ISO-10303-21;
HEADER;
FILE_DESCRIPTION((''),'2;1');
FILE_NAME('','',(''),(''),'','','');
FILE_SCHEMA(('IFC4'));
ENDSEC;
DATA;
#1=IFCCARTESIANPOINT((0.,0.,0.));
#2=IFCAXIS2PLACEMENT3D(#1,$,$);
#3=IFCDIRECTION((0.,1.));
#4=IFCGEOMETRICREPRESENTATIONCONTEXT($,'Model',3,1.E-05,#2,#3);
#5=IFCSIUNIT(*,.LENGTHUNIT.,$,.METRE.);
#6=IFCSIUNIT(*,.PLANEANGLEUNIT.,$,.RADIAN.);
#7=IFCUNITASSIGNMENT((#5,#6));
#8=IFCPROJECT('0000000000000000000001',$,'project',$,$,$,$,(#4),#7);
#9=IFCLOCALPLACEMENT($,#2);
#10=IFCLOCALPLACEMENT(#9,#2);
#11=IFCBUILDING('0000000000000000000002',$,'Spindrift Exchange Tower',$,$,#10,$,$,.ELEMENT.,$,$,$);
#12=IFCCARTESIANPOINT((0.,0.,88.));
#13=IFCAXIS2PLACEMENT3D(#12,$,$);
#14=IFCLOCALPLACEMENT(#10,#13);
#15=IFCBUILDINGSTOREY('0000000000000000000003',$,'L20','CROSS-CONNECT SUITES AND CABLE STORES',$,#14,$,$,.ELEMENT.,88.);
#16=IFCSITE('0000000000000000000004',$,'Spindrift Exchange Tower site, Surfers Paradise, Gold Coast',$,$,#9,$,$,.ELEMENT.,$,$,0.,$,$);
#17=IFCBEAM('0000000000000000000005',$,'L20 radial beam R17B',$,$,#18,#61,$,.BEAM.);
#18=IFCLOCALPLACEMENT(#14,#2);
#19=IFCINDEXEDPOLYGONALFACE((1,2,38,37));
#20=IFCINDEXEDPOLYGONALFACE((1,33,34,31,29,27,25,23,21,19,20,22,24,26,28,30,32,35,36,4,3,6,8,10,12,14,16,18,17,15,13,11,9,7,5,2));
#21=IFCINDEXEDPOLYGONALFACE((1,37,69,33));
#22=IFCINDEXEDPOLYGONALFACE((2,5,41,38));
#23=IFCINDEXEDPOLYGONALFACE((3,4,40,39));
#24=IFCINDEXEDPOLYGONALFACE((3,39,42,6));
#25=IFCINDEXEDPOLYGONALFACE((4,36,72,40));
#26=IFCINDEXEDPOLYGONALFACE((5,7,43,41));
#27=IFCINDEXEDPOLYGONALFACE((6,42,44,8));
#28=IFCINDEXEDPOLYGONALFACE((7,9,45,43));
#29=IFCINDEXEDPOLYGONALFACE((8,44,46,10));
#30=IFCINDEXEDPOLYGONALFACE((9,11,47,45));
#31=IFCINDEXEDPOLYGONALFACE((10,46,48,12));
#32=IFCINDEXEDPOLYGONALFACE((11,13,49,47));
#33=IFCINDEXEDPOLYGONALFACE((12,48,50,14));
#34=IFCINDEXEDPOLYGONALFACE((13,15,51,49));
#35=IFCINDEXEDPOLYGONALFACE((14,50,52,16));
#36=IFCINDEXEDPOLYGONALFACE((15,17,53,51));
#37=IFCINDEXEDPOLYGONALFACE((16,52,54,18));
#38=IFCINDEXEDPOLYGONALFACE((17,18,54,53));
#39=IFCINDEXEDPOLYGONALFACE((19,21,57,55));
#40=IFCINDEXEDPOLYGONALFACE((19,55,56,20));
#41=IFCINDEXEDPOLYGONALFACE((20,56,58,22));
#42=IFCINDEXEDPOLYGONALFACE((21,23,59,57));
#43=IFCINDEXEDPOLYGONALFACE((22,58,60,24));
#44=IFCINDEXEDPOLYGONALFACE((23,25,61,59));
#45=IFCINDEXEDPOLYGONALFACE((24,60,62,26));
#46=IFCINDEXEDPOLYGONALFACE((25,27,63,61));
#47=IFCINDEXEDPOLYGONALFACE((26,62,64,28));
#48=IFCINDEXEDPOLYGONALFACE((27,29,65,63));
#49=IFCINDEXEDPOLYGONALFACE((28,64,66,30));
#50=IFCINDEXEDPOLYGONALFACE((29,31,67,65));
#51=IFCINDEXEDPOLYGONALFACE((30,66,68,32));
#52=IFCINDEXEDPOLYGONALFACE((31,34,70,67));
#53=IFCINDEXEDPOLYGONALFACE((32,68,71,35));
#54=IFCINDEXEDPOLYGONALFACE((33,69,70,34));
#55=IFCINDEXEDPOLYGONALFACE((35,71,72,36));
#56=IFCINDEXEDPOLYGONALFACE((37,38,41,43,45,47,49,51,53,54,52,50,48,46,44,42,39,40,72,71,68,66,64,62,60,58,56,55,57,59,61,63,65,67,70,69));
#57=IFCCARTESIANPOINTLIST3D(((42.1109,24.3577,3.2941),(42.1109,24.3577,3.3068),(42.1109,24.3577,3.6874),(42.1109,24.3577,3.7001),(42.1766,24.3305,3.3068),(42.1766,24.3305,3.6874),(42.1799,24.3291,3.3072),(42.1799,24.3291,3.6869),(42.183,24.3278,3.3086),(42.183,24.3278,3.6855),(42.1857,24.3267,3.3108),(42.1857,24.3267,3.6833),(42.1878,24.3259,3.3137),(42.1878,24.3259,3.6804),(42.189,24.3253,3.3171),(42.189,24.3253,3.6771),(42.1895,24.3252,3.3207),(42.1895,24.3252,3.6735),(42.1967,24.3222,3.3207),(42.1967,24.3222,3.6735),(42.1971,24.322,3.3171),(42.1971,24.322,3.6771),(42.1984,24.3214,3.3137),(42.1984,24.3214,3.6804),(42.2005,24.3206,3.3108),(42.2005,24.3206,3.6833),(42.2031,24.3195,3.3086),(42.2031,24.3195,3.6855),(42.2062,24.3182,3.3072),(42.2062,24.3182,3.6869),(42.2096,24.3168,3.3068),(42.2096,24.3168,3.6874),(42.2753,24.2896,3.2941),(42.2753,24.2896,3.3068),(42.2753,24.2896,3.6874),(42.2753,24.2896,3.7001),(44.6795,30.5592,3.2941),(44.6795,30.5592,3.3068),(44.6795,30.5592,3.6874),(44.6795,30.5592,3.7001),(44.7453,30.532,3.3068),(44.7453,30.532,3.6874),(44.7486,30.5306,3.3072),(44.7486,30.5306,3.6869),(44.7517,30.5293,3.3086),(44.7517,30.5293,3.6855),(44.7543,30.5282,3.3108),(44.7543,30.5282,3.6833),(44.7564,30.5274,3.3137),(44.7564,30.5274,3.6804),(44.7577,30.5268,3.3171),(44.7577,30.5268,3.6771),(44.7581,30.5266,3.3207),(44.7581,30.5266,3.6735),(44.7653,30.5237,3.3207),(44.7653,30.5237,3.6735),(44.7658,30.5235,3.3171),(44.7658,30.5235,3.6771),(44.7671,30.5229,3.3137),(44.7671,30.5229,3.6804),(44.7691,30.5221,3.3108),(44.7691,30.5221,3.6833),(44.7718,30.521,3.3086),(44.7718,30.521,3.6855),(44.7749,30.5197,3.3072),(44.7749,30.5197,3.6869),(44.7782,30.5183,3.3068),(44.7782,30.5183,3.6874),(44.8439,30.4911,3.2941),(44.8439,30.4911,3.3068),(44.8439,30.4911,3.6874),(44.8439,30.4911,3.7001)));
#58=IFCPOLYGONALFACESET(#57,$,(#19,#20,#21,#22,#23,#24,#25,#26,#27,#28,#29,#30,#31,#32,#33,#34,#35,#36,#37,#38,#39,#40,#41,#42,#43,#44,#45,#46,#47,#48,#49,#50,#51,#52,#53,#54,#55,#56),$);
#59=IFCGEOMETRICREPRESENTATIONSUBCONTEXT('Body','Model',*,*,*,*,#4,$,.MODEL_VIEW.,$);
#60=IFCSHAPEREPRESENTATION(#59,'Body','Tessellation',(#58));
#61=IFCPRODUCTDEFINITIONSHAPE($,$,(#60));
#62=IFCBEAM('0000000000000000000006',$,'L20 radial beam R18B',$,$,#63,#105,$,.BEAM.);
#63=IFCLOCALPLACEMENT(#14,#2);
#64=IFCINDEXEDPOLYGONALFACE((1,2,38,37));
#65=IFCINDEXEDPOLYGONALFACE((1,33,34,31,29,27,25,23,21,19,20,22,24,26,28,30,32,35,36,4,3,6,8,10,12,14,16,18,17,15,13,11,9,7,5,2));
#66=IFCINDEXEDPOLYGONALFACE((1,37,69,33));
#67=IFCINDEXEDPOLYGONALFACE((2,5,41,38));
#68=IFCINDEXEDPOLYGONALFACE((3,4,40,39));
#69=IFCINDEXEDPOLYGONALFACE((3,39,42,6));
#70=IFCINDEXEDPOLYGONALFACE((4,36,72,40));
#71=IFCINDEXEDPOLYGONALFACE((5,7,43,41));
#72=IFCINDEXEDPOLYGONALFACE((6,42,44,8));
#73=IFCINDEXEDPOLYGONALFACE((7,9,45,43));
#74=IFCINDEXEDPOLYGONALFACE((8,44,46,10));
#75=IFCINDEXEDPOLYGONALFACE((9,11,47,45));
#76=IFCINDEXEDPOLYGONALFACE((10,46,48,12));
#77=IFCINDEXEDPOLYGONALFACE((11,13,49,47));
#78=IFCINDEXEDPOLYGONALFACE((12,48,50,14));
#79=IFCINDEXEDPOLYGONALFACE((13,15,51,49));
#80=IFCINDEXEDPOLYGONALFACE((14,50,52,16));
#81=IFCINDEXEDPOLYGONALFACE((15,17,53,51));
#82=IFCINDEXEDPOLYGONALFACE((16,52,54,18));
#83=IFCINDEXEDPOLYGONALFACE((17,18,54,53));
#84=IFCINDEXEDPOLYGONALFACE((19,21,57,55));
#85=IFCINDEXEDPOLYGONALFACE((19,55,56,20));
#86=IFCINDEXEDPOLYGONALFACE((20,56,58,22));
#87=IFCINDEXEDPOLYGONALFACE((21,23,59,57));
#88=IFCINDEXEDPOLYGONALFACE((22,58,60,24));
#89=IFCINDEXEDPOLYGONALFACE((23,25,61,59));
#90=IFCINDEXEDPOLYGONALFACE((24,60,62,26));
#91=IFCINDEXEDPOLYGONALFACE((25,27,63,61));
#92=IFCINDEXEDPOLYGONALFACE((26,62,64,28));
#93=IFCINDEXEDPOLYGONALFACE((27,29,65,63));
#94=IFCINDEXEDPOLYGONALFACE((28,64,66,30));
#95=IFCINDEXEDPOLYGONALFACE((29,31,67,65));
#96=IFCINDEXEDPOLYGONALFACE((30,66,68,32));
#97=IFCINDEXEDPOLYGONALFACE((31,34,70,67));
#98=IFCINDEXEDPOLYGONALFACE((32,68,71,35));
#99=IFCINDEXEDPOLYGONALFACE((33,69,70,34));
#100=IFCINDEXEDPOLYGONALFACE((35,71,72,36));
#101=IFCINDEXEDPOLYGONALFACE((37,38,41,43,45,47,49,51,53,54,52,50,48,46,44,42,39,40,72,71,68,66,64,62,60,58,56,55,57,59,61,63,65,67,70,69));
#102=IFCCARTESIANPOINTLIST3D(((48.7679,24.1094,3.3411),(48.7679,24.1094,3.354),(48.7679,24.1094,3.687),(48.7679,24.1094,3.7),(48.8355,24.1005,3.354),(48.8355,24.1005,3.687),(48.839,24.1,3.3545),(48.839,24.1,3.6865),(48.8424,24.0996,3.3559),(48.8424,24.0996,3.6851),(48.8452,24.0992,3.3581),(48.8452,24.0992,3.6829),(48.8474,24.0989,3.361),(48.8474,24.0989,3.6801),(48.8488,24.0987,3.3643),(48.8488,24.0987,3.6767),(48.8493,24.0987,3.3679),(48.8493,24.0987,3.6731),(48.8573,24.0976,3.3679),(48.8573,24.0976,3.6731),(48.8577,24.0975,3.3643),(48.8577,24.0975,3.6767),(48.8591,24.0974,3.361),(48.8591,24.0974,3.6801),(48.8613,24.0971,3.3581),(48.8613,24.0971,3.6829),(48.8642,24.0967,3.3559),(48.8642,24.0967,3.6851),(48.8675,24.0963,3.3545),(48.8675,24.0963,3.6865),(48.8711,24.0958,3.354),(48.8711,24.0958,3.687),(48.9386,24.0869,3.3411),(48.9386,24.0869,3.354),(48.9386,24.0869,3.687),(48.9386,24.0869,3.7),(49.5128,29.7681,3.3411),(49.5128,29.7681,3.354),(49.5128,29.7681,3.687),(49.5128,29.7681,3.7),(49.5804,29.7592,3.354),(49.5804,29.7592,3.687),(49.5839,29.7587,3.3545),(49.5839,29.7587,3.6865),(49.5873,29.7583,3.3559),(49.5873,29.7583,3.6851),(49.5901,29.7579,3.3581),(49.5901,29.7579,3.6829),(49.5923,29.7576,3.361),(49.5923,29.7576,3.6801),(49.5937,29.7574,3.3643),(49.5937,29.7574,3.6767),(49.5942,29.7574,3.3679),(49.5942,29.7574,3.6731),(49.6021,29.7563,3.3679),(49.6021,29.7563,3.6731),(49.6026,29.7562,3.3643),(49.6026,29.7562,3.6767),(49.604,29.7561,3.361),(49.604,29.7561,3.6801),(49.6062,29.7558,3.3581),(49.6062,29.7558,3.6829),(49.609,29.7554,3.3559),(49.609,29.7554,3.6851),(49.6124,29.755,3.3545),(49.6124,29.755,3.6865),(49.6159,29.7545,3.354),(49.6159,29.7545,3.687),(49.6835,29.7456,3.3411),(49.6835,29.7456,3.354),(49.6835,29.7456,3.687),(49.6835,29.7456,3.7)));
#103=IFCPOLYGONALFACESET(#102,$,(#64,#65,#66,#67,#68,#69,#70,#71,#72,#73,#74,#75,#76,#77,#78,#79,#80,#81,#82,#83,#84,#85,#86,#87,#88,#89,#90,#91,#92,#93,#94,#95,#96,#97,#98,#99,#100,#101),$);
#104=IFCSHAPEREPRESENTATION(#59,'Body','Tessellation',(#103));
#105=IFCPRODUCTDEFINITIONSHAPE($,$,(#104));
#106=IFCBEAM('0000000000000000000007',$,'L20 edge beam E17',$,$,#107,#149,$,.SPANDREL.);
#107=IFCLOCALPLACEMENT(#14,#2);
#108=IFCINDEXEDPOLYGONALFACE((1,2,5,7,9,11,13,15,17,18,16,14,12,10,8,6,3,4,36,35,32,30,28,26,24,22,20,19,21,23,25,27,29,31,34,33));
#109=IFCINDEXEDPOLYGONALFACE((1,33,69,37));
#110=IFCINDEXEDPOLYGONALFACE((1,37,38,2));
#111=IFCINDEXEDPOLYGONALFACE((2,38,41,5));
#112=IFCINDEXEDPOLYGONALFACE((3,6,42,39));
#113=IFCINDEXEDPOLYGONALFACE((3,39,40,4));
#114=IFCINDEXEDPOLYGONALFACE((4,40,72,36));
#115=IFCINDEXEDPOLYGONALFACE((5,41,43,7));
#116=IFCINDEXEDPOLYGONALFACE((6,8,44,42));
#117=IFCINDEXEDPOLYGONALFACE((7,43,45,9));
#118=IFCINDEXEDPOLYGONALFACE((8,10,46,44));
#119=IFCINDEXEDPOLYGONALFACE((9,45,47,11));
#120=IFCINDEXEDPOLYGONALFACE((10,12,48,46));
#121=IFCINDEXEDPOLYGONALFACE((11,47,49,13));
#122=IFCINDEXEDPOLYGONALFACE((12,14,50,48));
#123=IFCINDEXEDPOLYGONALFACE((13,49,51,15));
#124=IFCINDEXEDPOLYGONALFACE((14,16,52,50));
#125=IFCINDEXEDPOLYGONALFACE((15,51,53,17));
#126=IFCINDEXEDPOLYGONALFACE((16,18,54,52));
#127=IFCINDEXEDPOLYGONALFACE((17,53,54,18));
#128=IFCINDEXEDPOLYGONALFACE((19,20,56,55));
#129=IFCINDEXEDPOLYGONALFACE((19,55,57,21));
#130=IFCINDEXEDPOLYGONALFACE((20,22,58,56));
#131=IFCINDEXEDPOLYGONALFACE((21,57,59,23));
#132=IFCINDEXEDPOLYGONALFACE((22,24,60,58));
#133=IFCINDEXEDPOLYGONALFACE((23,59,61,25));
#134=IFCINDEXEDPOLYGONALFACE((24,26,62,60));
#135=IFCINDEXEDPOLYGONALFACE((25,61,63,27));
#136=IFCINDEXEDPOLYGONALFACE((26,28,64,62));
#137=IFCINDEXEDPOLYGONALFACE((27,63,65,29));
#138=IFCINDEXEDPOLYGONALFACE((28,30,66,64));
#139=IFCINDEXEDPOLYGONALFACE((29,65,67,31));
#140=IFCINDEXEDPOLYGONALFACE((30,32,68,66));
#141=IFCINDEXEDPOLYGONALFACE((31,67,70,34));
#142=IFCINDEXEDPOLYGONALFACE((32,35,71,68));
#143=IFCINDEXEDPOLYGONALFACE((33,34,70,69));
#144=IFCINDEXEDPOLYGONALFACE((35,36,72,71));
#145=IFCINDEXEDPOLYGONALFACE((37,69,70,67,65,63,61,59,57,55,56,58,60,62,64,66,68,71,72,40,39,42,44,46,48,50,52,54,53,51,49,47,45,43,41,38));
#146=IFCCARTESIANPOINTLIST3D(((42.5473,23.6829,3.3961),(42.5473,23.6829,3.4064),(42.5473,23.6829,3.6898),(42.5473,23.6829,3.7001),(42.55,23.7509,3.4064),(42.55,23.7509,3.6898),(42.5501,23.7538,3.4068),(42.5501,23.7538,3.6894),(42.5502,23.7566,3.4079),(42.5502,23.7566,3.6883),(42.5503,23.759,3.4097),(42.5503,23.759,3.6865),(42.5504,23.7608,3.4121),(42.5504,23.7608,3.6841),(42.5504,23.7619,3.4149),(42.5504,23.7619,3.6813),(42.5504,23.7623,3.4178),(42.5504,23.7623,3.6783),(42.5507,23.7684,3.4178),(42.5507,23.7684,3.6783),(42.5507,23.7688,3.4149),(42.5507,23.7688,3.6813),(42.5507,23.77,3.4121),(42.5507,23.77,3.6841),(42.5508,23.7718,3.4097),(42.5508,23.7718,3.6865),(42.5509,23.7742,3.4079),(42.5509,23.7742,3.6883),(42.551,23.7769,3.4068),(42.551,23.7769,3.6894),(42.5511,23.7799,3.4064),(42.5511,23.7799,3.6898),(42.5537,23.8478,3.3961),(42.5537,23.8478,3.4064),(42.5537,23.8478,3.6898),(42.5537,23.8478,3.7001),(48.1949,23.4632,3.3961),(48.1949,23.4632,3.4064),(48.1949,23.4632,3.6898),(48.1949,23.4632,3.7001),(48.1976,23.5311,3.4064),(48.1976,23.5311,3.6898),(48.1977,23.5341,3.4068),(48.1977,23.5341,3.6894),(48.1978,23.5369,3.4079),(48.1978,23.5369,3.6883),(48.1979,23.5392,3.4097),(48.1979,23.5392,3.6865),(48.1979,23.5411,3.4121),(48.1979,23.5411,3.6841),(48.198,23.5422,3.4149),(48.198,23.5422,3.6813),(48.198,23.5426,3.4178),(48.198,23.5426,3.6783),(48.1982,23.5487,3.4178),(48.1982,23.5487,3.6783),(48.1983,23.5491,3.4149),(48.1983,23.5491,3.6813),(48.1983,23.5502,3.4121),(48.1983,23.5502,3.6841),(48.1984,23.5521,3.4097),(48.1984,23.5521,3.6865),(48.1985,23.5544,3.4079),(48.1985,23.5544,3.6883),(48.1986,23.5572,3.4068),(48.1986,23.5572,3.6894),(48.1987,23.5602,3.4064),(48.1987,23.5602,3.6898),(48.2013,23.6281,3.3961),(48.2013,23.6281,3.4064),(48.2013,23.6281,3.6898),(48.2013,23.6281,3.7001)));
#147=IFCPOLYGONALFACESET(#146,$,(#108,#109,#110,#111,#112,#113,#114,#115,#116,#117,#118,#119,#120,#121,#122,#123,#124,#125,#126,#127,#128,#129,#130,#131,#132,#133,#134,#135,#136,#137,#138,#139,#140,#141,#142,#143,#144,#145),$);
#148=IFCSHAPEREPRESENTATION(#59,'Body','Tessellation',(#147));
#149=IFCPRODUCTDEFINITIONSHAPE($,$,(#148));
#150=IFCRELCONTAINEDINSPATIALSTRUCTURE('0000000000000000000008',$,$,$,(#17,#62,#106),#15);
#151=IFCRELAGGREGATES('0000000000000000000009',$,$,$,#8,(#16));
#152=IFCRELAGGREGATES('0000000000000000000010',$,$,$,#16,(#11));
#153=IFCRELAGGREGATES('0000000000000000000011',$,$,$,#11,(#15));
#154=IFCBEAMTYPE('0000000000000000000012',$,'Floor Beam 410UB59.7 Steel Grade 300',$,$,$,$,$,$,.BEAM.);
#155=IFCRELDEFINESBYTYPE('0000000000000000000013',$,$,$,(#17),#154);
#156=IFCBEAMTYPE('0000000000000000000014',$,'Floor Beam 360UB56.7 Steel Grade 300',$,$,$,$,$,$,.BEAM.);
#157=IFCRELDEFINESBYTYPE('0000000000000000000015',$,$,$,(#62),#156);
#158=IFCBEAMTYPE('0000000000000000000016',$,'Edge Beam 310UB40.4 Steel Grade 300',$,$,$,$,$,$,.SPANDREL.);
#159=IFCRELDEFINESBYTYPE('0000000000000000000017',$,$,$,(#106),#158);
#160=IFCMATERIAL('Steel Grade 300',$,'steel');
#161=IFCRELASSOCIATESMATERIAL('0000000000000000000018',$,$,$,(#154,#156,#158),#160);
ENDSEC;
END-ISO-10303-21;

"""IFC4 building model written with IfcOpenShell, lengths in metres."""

from ifc_helpers import new_model, si_unit, direction, frame, origin, origin_2d, place, context, subcontext, project, spatial, i_section, extrude, source, transform, mapped, material, material_profile, profile_set, type_object, element, save


model = new_model("IFC4")

# Units and contexts
model_context = context("Model", 3, precision=1e-05, world=origin(), true_north=direction((0.0, 1.0)))
body_context = subcontext(model_context, "Body", "Model", "MODEL_VIEW")
ifc_project = project(units=[si_unit("LENGTHUNIT", "METRE"), si_unit("PLANEANGLEUNIT", "RADIAN")], contexts=[model_context])

# Site, building, storey
site_placement = place(None, origin())
site = spatial("IfcSite", under=ifc_project, at=site_placement, Name="Spindrift Exchange Tower site, Surfers Paradise, Gold Coast", CompositionType="ELEMENT", RefElevation=0.0)
building_placement = place(site_placement, origin())
building = spatial("IfcBuilding", under=site, at=building_placement, Name="Spindrift Exchange Tower", CompositionType="ELEMENT")
storey_placement = place(building_placement, frame((0.0, 0.0, 88.0)))
storey = spatial("IfcBuildingStorey", under=building, at=storey_placement, Name="L20", Description="CROSS-CONNECT SUITES AND CABLE STORES", CompositionType="ELEMENT", Elevation=88.0)

# Beams
ifc_material_1 = material(Name="Steel Grade 300", Category="steel")
ifc_material_profile_1 = material_profile(ifc_material_1, i_section(OverallWidth=0.178, OverallDepth=0.406, WebThickness=0.0078, FlangeThickness=0.0127, FilletRadius=0.0139, at=origin_2d()), Name="410UB59.7")
ifc_profile_set_1 = profile_set([ifc_material_profile_1], Name="Steel Grade 300")
beam_type_1 = type_object("IfcBeamType", Name="Floor Beam 410UB59.7 Steel Grade 300", PredefinedType="BEAM", material=ifc_profile_set_1)
shared_shape_1 = source(origin(), body_context, "Body", "SweptSolid", [
    extrude(i_section(OverallWidth=0.178, OverallDepth=0.406, WebThickness=0.0078, FlangeThickness=0.0127, FilletRadius=0.0139, at=origin_2d()), origin(), (0.0, 0.0, 1.0), 6.7124),
])
beam_1_placement = place(storey_placement, frame((44.7617, 30.5251, 3.4971), z_axis=(-0.38267, -0.923885, 0.0), x_axis=(0.923885, -0.38267, 0.0)))
element("IfcBeam", 1, at=beam_1_placement, inside=storey, type_object=beam_type_1, Name="L20 radial beam R17B", PredefinedType="BEAM", context=body_context, shape_type="MappedRepresentation", body=[
    mapped(shared_shape_1, transform((0.0, 0.0, 0.0), scale=1.0)),
])
ifc_material_profile_2 = material_profile(ifc_material_1, i_section(OverallWidth=0.1721, OverallDepth=0.3589, WebThickness=0.0081, FlangeThickness=0.0129, FilletRadius=0.0139, at=origin_2d()), Name="360UB56.7")
ifc_profile_set_2 = profile_set([ifc_material_profile_2], Name="Steel Grade 300")
beam_type_2 = type_object("IfcBeamType", Name="Floor Beam 360UB56.7 Steel Grade 300", PredefinedType="BEAM", material=ifc_profile_set_2)
shared_shape_2 = source(origin(), body_context, "Body", "SweptSolid", [
    extrude(i_section(OverallWidth=0.1721, OverallDepth=0.3589, WebThickness=0.0081, FlangeThickness=0.0129, FilletRadius=0.0139, at=origin_2d()), origin(), (0.0, 0.0, 1.0), 5.7075),
])
beam_2_placement = place(storey_placement, frame((49.5981, 29.7568, 3.5205), z_axis=(-0.130508, -0.991447, 0.0), x_axis=(0.991447, -0.130508, 0.0)))
element("IfcBeam", 2, at=beam_2_placement, inside=storey, type_object=beam_type_2, Name="L20 radial beam R18B", PredefinedType="BEAM", context=body_context, shape_type="MappedRepresentation", body=[
    mapped(shared_shape_2, transform((0.0, 0.0, 0.0), scale=1.0)),
])
ifc_material_profile_3 = material_profile(ifc_material_1, i_section(OverallWidth=0.165, OverallDepth=0.304, WebThickness=0.0061, FlangeThickness=0.0103, FilletRadius=0.0115, at=origin_2d()), Name="310UB40.4")
ifc_profile_set_3 = profile_set([ifc_material_profile_3], Name="Steel Grade 300")
beam_type_3 = type_object("IfcBeamType", Name="Edge Beam 310UB40.4 Steel Grade 300", PredefinedType="SPANDREL", material=ifc_profile_set_3)
shared_shape_3 = source(origin(), body_context, "Body", "SweptSolid", [
    extrude(i_section(OverallWidth=0.165, OverallDepth=0.304, WebThickness=0.0061, FlangeThickness=0.0103, FilletRadius=0.0115, at=origin_2d()), origin(), (0.0, 0.0, 1.0), 5.6519),
])
beam_3_placement = place(storey_placement, frame((42.5505, 23.7654, 3.5481), z_axis=(0.999244, -0.038878, 0.0), x_axis=(0.038878, 0.999244, 0.0)))
element("IfcBeam", 3, at=beam_3_placement, inside=storey, type_object=beam_type_3, Name="L20 edge beam E17", PredefinedType="SPANDREL", context=body_context, shape_type="MappedRepresentation", body=[
    mapped(shared_shape_3, transform((0.0, 0.0, 0.0), scale=1.0)),
])

save(model, "model.ifc")
